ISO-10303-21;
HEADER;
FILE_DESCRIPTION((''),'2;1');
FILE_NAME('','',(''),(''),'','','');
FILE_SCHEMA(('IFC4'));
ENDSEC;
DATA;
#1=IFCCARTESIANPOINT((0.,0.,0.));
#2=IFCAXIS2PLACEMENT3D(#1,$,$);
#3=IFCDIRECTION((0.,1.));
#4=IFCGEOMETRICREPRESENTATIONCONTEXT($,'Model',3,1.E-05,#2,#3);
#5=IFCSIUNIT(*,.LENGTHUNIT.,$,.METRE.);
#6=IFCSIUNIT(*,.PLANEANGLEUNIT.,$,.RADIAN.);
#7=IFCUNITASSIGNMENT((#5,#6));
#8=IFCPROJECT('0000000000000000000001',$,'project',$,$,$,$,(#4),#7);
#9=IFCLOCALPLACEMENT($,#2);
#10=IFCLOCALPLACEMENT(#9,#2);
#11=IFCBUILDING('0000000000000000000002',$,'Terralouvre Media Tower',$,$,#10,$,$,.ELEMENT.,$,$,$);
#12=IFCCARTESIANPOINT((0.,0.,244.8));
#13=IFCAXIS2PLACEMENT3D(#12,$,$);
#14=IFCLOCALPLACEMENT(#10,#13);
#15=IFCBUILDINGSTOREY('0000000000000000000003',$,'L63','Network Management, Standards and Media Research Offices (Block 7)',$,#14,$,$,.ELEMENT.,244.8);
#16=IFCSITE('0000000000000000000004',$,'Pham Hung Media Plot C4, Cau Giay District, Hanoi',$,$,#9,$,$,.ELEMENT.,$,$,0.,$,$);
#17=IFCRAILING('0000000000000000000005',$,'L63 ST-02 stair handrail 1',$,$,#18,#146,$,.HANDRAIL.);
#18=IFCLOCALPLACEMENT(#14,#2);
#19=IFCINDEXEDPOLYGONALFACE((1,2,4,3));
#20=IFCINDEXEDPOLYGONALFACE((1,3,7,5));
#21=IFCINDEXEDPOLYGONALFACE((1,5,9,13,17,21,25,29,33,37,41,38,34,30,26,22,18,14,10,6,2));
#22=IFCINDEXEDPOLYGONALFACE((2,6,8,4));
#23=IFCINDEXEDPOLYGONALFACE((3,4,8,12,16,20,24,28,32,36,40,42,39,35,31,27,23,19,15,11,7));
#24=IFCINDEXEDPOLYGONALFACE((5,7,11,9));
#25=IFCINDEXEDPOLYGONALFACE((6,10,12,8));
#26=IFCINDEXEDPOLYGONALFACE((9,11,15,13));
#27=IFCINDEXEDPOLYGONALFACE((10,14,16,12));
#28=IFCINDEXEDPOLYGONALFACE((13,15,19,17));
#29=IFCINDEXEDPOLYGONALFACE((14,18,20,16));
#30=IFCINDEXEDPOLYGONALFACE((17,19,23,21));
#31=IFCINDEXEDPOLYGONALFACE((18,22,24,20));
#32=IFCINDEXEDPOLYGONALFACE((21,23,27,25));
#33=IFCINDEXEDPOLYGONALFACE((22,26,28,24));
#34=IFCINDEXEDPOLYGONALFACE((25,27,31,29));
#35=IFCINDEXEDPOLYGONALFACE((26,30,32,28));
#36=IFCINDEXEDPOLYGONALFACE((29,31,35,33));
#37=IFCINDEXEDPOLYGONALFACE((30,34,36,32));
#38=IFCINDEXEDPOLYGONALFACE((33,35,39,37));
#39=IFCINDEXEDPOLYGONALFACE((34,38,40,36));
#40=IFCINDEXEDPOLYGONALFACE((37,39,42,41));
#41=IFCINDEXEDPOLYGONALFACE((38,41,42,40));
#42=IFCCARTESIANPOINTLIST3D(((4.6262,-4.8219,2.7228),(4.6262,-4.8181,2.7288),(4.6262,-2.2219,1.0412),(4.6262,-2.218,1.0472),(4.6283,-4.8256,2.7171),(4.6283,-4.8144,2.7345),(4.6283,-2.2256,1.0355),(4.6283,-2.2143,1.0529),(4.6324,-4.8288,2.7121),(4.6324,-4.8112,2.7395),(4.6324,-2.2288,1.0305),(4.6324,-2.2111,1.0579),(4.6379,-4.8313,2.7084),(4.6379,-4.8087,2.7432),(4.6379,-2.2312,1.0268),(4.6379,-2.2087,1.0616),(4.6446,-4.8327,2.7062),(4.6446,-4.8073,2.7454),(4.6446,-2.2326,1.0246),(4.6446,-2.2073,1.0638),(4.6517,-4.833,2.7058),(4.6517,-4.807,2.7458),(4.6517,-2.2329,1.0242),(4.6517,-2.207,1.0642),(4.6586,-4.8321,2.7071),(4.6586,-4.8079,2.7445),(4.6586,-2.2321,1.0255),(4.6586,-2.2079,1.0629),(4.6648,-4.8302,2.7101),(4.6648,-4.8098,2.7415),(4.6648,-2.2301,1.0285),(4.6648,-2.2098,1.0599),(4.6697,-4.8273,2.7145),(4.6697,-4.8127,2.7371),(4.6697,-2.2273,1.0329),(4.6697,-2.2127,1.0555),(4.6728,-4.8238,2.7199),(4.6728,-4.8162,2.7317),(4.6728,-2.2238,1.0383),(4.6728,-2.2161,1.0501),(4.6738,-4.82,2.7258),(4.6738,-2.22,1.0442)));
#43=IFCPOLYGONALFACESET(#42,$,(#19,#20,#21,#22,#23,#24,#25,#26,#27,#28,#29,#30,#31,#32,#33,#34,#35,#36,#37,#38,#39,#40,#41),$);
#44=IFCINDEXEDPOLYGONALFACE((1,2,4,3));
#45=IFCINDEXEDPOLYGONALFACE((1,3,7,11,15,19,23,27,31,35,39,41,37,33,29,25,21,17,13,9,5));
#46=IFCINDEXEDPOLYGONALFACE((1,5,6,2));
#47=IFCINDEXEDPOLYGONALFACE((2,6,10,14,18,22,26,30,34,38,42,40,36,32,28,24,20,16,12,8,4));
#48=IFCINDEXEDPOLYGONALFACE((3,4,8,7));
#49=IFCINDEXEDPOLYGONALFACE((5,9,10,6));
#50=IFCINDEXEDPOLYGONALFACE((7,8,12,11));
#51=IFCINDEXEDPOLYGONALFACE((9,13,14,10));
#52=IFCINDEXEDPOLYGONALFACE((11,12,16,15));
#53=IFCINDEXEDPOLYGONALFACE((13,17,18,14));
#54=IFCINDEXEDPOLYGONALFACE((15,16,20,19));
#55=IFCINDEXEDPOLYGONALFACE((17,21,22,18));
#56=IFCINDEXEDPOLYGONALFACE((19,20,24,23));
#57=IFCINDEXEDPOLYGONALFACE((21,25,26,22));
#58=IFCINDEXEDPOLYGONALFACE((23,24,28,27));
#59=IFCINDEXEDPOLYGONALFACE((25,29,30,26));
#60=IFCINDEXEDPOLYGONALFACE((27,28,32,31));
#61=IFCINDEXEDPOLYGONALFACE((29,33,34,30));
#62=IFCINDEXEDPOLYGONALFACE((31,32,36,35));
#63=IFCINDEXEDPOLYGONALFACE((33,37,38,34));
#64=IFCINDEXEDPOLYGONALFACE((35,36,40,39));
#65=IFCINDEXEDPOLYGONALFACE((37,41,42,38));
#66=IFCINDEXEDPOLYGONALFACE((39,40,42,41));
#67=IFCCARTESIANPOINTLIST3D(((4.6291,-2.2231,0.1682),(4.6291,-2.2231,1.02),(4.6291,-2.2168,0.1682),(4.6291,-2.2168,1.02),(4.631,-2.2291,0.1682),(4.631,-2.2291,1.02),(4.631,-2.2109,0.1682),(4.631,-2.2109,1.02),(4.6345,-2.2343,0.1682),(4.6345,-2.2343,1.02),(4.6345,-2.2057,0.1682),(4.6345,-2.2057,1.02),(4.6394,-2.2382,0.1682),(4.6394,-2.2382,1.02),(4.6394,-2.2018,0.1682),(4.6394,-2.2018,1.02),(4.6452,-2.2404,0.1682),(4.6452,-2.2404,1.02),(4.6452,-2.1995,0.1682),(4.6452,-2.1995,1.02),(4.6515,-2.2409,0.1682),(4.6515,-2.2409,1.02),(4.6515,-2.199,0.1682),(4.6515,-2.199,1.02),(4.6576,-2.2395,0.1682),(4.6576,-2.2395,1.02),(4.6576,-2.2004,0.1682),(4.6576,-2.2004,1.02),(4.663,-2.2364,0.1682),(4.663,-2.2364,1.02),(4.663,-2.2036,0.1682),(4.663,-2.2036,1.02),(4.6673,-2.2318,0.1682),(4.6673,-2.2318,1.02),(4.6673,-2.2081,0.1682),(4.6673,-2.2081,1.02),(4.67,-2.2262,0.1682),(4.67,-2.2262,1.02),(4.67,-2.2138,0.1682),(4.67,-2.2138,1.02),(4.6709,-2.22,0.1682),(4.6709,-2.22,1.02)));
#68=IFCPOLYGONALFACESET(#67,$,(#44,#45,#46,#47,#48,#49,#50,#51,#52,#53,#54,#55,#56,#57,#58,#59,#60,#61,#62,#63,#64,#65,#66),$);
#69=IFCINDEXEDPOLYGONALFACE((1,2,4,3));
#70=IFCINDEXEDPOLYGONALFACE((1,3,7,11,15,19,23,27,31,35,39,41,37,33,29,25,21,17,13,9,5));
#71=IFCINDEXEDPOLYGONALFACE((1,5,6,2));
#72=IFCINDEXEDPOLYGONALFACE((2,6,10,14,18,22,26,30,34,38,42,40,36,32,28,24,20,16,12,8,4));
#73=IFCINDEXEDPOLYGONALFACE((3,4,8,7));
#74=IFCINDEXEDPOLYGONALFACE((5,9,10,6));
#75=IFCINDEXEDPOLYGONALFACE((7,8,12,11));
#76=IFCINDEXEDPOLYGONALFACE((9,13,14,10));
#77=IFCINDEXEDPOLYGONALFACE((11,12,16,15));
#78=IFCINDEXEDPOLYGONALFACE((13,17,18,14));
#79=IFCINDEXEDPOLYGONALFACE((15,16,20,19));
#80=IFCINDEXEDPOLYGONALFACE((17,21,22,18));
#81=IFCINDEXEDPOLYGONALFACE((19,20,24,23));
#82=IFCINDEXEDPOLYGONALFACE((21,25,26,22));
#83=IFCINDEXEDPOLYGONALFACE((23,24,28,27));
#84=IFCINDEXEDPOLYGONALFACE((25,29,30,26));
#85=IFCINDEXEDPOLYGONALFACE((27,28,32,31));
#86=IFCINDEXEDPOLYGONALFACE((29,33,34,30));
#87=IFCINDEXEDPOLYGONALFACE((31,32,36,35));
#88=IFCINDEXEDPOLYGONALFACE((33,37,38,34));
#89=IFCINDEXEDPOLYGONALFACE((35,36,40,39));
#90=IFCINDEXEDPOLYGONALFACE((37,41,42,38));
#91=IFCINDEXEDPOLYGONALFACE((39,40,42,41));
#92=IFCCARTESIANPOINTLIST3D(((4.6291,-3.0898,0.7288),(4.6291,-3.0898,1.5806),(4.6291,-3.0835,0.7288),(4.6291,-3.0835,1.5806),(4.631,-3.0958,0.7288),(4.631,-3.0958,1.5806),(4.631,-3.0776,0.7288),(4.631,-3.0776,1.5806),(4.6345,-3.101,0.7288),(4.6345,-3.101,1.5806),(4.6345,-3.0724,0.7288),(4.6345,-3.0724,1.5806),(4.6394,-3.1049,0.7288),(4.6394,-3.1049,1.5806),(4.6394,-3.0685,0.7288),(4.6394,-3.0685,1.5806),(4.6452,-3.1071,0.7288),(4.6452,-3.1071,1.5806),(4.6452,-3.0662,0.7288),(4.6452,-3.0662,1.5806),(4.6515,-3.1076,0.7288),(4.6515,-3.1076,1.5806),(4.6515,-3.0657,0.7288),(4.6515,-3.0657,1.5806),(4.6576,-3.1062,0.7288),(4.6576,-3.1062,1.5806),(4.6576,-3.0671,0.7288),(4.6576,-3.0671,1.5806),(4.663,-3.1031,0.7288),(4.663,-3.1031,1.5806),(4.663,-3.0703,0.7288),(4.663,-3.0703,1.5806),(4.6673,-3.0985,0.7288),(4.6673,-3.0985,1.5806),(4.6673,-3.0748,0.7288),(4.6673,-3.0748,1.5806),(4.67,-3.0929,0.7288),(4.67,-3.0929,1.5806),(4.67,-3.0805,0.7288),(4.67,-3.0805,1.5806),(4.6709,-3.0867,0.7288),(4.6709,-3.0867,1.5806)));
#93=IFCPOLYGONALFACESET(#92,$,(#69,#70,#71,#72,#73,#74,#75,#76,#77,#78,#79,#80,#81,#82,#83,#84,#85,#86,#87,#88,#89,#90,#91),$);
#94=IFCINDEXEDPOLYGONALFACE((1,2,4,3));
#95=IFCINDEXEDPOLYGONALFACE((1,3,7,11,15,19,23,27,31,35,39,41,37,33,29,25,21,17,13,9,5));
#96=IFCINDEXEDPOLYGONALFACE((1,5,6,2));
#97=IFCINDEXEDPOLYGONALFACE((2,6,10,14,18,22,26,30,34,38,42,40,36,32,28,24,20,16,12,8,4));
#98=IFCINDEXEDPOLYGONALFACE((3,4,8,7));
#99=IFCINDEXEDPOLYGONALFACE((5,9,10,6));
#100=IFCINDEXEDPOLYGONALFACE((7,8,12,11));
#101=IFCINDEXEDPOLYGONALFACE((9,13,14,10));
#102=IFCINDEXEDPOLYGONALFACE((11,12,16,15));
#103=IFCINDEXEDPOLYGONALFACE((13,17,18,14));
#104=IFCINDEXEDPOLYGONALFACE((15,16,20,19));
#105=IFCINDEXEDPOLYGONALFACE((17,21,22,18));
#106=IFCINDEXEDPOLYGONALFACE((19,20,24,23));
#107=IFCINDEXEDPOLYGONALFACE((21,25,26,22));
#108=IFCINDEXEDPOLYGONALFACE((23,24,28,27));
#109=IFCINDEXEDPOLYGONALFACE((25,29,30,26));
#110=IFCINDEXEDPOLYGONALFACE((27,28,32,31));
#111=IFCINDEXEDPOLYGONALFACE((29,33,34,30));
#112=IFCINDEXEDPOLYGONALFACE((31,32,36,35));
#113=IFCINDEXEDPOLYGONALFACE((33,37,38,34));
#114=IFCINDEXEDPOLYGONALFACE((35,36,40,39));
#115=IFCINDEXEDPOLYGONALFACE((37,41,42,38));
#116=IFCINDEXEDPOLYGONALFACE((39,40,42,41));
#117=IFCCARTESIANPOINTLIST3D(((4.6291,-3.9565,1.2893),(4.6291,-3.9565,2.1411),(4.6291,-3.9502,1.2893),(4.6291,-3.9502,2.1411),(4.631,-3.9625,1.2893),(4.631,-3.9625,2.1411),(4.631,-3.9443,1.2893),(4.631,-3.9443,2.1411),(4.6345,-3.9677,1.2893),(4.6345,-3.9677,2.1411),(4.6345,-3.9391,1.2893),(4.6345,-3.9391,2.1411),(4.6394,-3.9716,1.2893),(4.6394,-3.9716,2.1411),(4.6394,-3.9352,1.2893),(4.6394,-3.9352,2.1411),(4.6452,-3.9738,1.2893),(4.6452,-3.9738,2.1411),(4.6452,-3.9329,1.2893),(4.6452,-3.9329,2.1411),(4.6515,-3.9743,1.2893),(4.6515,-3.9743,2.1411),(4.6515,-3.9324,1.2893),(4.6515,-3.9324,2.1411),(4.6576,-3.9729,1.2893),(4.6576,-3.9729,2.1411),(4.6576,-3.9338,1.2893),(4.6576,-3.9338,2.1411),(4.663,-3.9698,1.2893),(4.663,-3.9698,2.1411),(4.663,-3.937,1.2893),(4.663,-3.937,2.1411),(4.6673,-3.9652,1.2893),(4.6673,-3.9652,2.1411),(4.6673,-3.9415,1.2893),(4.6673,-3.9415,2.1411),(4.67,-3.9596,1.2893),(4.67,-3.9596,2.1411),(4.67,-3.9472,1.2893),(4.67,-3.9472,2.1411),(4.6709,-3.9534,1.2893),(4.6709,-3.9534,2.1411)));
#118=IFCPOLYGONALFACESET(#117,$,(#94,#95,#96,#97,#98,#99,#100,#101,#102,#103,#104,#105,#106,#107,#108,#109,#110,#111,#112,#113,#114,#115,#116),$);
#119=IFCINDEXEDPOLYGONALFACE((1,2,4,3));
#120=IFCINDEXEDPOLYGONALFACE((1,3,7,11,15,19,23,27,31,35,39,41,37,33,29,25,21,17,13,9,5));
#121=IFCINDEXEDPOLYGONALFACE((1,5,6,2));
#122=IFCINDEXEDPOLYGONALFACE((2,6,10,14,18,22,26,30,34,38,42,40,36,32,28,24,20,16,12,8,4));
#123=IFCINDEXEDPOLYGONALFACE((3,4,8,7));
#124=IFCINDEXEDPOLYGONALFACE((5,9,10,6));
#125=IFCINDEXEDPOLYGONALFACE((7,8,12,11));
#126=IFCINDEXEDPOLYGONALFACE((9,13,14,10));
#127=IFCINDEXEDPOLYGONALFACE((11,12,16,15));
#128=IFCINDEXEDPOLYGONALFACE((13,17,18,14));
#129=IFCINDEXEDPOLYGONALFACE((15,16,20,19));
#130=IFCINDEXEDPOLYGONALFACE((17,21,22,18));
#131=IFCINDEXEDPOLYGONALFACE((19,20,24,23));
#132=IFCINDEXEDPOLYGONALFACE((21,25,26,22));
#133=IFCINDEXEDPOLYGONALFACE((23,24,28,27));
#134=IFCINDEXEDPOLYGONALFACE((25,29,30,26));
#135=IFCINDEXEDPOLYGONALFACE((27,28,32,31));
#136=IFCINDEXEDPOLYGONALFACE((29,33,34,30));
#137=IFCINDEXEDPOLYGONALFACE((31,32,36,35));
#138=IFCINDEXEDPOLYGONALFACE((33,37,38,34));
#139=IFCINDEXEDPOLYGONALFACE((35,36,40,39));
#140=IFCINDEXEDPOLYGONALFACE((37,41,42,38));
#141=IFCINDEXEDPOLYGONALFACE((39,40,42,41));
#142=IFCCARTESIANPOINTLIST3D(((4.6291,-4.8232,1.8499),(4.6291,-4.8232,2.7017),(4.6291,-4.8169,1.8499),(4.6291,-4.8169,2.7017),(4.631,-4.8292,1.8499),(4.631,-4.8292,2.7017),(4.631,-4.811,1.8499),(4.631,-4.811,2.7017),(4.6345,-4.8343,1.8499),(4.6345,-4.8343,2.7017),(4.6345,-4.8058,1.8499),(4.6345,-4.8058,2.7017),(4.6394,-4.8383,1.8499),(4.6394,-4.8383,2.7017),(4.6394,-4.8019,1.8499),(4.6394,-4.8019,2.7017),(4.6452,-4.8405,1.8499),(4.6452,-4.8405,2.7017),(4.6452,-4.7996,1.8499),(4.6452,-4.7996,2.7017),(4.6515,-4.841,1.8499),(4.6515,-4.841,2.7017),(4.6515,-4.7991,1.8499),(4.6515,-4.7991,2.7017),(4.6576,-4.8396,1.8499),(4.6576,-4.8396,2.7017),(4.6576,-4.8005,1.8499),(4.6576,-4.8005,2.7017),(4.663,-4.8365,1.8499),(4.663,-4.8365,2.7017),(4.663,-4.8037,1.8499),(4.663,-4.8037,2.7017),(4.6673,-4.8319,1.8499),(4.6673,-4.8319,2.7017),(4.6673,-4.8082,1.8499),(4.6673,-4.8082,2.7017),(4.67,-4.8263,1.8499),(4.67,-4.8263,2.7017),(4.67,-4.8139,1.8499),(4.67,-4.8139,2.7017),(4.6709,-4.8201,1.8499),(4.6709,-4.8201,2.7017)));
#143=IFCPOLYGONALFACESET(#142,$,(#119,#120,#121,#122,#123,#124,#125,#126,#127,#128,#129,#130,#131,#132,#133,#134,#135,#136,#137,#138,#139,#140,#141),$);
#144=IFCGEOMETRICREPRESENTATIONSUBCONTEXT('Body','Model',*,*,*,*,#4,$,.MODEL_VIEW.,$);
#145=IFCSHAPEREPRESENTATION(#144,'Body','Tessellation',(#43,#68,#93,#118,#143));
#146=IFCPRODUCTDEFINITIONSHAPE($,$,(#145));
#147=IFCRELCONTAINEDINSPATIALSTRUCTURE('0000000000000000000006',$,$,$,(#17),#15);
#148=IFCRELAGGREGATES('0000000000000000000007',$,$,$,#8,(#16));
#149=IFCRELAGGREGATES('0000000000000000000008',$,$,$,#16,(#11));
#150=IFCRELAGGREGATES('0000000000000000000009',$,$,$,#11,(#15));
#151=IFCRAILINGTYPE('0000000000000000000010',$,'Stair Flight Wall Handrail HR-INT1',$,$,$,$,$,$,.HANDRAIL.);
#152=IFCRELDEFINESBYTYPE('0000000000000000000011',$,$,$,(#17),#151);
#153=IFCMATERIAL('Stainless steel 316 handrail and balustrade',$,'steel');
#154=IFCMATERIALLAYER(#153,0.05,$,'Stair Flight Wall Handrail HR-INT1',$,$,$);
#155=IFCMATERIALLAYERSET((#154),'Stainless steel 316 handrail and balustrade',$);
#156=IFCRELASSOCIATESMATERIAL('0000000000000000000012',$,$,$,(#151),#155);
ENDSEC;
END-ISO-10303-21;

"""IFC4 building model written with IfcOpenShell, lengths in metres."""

from ifc_helpers import new_model, si_unit, direction, frame, origin, origin_2d, place, context, subcontext, project, spatial, circle, extrude, material, layer, layer_set, type_object, element, save


model = new_model("IFC4")

# Units and contexts
model_context = context("Model", 3, precision=1e-05, world=origin(), true_north=direction((0.0, 1.0)))
body_context = subcontext(model_context, "Body", "Model", "MODEL_VIEW")
ifc_project = project(units=[si_unit("LENGTHUNIT", "METRE"), si_unit("PLANEANGLEUNIT", "RADIAN")], contexts=[model_context])

# Site, building, storey
site_placement = place(None, origin())
site = spatial("IfcSite", under=ifc_project, at=site_placement, Name="Pham Hung Media Plot C4, Cau Giay District, Hanoi", CompositionType="ELEMENT", RefElevation=0.0)
building_placement = place(site_placement, origin())
building = spatial("IfcBuilding", under=site, at=building_placement, Name="Terralouvre Media Tower", CompositionType="ELEMENT")
storey_placement = place(building_placement, frame((0.0, 0.0, 244.8)))
storey = spatial("IfcBuildingStorey", under=building, at=storey_placement, Name="L63", Description="Network Management, Standards and Media Research Offices (Block 7)", CompositionType="ELEMENT", Elevation=244.8)

# Railing
ifc_material_1 = material(Name="Stainless steel 316 handrail and balustrade", Category="steel")
ifc_layer_1 = layer(ifc_material_1, 0.05, Name="Stair Flight Wall Handrail HR-INT1")
ifc_layer_set_1 = layer_set([ifc_layer_1], Name="Stainless steel 316 handrail and balustrade")
railing_type_1 = type_object("IfcRailingType", Name="Stair Flight Wall Handrail HR-INT1", PredefinedType="HANDRAIL", material=ifc_layer_set_1)
railing_1_placement = place(storey_placement, frame((4.6499, -2.22, 0.1682)))
element("IfcRailing", 1, at=railing_1_placement, inside=storey, type_object=railing_type_1, Name="L63 ST-02 stair handrail 1", PredefinedType="HANDRAIL", context=body_context, shape_type="SweptSolid", body=[
    extrude(circle(Radius=0.0239, at=origin_2d()), frame((0.0, 0.0, 0.876), z_axis=(0.0, -0.839684, 0.543075), x_axis=(1.0, 0.0, 0.0)), (0.0, 0.0, 1.0), 3.0964),
    extrude(circle(Radius=0.021, at=origin_2d()), origin(), (0.0, 0.0, 1.0), 0.8518),
    extrude(circle(Radius=0.021, at=origin_2d()), frame((0.0, -0.8667, 0.5605)), (0.0, 0.0, 1.0), 0.8518),
    extrude(circle(Radius=0.021, at=origin_2d()), frame((0.0, -1.7334, 1.1211)), (0.0, 0.0, 1.0), 0.8518),
    extrude(circle(Radius=0.021, at=origin_2d()), frame((0.0, -2.6001, 1.6816)), (0.0, 0.0, 1.0), 0.8518),
])

save(model, "model.ifc")
